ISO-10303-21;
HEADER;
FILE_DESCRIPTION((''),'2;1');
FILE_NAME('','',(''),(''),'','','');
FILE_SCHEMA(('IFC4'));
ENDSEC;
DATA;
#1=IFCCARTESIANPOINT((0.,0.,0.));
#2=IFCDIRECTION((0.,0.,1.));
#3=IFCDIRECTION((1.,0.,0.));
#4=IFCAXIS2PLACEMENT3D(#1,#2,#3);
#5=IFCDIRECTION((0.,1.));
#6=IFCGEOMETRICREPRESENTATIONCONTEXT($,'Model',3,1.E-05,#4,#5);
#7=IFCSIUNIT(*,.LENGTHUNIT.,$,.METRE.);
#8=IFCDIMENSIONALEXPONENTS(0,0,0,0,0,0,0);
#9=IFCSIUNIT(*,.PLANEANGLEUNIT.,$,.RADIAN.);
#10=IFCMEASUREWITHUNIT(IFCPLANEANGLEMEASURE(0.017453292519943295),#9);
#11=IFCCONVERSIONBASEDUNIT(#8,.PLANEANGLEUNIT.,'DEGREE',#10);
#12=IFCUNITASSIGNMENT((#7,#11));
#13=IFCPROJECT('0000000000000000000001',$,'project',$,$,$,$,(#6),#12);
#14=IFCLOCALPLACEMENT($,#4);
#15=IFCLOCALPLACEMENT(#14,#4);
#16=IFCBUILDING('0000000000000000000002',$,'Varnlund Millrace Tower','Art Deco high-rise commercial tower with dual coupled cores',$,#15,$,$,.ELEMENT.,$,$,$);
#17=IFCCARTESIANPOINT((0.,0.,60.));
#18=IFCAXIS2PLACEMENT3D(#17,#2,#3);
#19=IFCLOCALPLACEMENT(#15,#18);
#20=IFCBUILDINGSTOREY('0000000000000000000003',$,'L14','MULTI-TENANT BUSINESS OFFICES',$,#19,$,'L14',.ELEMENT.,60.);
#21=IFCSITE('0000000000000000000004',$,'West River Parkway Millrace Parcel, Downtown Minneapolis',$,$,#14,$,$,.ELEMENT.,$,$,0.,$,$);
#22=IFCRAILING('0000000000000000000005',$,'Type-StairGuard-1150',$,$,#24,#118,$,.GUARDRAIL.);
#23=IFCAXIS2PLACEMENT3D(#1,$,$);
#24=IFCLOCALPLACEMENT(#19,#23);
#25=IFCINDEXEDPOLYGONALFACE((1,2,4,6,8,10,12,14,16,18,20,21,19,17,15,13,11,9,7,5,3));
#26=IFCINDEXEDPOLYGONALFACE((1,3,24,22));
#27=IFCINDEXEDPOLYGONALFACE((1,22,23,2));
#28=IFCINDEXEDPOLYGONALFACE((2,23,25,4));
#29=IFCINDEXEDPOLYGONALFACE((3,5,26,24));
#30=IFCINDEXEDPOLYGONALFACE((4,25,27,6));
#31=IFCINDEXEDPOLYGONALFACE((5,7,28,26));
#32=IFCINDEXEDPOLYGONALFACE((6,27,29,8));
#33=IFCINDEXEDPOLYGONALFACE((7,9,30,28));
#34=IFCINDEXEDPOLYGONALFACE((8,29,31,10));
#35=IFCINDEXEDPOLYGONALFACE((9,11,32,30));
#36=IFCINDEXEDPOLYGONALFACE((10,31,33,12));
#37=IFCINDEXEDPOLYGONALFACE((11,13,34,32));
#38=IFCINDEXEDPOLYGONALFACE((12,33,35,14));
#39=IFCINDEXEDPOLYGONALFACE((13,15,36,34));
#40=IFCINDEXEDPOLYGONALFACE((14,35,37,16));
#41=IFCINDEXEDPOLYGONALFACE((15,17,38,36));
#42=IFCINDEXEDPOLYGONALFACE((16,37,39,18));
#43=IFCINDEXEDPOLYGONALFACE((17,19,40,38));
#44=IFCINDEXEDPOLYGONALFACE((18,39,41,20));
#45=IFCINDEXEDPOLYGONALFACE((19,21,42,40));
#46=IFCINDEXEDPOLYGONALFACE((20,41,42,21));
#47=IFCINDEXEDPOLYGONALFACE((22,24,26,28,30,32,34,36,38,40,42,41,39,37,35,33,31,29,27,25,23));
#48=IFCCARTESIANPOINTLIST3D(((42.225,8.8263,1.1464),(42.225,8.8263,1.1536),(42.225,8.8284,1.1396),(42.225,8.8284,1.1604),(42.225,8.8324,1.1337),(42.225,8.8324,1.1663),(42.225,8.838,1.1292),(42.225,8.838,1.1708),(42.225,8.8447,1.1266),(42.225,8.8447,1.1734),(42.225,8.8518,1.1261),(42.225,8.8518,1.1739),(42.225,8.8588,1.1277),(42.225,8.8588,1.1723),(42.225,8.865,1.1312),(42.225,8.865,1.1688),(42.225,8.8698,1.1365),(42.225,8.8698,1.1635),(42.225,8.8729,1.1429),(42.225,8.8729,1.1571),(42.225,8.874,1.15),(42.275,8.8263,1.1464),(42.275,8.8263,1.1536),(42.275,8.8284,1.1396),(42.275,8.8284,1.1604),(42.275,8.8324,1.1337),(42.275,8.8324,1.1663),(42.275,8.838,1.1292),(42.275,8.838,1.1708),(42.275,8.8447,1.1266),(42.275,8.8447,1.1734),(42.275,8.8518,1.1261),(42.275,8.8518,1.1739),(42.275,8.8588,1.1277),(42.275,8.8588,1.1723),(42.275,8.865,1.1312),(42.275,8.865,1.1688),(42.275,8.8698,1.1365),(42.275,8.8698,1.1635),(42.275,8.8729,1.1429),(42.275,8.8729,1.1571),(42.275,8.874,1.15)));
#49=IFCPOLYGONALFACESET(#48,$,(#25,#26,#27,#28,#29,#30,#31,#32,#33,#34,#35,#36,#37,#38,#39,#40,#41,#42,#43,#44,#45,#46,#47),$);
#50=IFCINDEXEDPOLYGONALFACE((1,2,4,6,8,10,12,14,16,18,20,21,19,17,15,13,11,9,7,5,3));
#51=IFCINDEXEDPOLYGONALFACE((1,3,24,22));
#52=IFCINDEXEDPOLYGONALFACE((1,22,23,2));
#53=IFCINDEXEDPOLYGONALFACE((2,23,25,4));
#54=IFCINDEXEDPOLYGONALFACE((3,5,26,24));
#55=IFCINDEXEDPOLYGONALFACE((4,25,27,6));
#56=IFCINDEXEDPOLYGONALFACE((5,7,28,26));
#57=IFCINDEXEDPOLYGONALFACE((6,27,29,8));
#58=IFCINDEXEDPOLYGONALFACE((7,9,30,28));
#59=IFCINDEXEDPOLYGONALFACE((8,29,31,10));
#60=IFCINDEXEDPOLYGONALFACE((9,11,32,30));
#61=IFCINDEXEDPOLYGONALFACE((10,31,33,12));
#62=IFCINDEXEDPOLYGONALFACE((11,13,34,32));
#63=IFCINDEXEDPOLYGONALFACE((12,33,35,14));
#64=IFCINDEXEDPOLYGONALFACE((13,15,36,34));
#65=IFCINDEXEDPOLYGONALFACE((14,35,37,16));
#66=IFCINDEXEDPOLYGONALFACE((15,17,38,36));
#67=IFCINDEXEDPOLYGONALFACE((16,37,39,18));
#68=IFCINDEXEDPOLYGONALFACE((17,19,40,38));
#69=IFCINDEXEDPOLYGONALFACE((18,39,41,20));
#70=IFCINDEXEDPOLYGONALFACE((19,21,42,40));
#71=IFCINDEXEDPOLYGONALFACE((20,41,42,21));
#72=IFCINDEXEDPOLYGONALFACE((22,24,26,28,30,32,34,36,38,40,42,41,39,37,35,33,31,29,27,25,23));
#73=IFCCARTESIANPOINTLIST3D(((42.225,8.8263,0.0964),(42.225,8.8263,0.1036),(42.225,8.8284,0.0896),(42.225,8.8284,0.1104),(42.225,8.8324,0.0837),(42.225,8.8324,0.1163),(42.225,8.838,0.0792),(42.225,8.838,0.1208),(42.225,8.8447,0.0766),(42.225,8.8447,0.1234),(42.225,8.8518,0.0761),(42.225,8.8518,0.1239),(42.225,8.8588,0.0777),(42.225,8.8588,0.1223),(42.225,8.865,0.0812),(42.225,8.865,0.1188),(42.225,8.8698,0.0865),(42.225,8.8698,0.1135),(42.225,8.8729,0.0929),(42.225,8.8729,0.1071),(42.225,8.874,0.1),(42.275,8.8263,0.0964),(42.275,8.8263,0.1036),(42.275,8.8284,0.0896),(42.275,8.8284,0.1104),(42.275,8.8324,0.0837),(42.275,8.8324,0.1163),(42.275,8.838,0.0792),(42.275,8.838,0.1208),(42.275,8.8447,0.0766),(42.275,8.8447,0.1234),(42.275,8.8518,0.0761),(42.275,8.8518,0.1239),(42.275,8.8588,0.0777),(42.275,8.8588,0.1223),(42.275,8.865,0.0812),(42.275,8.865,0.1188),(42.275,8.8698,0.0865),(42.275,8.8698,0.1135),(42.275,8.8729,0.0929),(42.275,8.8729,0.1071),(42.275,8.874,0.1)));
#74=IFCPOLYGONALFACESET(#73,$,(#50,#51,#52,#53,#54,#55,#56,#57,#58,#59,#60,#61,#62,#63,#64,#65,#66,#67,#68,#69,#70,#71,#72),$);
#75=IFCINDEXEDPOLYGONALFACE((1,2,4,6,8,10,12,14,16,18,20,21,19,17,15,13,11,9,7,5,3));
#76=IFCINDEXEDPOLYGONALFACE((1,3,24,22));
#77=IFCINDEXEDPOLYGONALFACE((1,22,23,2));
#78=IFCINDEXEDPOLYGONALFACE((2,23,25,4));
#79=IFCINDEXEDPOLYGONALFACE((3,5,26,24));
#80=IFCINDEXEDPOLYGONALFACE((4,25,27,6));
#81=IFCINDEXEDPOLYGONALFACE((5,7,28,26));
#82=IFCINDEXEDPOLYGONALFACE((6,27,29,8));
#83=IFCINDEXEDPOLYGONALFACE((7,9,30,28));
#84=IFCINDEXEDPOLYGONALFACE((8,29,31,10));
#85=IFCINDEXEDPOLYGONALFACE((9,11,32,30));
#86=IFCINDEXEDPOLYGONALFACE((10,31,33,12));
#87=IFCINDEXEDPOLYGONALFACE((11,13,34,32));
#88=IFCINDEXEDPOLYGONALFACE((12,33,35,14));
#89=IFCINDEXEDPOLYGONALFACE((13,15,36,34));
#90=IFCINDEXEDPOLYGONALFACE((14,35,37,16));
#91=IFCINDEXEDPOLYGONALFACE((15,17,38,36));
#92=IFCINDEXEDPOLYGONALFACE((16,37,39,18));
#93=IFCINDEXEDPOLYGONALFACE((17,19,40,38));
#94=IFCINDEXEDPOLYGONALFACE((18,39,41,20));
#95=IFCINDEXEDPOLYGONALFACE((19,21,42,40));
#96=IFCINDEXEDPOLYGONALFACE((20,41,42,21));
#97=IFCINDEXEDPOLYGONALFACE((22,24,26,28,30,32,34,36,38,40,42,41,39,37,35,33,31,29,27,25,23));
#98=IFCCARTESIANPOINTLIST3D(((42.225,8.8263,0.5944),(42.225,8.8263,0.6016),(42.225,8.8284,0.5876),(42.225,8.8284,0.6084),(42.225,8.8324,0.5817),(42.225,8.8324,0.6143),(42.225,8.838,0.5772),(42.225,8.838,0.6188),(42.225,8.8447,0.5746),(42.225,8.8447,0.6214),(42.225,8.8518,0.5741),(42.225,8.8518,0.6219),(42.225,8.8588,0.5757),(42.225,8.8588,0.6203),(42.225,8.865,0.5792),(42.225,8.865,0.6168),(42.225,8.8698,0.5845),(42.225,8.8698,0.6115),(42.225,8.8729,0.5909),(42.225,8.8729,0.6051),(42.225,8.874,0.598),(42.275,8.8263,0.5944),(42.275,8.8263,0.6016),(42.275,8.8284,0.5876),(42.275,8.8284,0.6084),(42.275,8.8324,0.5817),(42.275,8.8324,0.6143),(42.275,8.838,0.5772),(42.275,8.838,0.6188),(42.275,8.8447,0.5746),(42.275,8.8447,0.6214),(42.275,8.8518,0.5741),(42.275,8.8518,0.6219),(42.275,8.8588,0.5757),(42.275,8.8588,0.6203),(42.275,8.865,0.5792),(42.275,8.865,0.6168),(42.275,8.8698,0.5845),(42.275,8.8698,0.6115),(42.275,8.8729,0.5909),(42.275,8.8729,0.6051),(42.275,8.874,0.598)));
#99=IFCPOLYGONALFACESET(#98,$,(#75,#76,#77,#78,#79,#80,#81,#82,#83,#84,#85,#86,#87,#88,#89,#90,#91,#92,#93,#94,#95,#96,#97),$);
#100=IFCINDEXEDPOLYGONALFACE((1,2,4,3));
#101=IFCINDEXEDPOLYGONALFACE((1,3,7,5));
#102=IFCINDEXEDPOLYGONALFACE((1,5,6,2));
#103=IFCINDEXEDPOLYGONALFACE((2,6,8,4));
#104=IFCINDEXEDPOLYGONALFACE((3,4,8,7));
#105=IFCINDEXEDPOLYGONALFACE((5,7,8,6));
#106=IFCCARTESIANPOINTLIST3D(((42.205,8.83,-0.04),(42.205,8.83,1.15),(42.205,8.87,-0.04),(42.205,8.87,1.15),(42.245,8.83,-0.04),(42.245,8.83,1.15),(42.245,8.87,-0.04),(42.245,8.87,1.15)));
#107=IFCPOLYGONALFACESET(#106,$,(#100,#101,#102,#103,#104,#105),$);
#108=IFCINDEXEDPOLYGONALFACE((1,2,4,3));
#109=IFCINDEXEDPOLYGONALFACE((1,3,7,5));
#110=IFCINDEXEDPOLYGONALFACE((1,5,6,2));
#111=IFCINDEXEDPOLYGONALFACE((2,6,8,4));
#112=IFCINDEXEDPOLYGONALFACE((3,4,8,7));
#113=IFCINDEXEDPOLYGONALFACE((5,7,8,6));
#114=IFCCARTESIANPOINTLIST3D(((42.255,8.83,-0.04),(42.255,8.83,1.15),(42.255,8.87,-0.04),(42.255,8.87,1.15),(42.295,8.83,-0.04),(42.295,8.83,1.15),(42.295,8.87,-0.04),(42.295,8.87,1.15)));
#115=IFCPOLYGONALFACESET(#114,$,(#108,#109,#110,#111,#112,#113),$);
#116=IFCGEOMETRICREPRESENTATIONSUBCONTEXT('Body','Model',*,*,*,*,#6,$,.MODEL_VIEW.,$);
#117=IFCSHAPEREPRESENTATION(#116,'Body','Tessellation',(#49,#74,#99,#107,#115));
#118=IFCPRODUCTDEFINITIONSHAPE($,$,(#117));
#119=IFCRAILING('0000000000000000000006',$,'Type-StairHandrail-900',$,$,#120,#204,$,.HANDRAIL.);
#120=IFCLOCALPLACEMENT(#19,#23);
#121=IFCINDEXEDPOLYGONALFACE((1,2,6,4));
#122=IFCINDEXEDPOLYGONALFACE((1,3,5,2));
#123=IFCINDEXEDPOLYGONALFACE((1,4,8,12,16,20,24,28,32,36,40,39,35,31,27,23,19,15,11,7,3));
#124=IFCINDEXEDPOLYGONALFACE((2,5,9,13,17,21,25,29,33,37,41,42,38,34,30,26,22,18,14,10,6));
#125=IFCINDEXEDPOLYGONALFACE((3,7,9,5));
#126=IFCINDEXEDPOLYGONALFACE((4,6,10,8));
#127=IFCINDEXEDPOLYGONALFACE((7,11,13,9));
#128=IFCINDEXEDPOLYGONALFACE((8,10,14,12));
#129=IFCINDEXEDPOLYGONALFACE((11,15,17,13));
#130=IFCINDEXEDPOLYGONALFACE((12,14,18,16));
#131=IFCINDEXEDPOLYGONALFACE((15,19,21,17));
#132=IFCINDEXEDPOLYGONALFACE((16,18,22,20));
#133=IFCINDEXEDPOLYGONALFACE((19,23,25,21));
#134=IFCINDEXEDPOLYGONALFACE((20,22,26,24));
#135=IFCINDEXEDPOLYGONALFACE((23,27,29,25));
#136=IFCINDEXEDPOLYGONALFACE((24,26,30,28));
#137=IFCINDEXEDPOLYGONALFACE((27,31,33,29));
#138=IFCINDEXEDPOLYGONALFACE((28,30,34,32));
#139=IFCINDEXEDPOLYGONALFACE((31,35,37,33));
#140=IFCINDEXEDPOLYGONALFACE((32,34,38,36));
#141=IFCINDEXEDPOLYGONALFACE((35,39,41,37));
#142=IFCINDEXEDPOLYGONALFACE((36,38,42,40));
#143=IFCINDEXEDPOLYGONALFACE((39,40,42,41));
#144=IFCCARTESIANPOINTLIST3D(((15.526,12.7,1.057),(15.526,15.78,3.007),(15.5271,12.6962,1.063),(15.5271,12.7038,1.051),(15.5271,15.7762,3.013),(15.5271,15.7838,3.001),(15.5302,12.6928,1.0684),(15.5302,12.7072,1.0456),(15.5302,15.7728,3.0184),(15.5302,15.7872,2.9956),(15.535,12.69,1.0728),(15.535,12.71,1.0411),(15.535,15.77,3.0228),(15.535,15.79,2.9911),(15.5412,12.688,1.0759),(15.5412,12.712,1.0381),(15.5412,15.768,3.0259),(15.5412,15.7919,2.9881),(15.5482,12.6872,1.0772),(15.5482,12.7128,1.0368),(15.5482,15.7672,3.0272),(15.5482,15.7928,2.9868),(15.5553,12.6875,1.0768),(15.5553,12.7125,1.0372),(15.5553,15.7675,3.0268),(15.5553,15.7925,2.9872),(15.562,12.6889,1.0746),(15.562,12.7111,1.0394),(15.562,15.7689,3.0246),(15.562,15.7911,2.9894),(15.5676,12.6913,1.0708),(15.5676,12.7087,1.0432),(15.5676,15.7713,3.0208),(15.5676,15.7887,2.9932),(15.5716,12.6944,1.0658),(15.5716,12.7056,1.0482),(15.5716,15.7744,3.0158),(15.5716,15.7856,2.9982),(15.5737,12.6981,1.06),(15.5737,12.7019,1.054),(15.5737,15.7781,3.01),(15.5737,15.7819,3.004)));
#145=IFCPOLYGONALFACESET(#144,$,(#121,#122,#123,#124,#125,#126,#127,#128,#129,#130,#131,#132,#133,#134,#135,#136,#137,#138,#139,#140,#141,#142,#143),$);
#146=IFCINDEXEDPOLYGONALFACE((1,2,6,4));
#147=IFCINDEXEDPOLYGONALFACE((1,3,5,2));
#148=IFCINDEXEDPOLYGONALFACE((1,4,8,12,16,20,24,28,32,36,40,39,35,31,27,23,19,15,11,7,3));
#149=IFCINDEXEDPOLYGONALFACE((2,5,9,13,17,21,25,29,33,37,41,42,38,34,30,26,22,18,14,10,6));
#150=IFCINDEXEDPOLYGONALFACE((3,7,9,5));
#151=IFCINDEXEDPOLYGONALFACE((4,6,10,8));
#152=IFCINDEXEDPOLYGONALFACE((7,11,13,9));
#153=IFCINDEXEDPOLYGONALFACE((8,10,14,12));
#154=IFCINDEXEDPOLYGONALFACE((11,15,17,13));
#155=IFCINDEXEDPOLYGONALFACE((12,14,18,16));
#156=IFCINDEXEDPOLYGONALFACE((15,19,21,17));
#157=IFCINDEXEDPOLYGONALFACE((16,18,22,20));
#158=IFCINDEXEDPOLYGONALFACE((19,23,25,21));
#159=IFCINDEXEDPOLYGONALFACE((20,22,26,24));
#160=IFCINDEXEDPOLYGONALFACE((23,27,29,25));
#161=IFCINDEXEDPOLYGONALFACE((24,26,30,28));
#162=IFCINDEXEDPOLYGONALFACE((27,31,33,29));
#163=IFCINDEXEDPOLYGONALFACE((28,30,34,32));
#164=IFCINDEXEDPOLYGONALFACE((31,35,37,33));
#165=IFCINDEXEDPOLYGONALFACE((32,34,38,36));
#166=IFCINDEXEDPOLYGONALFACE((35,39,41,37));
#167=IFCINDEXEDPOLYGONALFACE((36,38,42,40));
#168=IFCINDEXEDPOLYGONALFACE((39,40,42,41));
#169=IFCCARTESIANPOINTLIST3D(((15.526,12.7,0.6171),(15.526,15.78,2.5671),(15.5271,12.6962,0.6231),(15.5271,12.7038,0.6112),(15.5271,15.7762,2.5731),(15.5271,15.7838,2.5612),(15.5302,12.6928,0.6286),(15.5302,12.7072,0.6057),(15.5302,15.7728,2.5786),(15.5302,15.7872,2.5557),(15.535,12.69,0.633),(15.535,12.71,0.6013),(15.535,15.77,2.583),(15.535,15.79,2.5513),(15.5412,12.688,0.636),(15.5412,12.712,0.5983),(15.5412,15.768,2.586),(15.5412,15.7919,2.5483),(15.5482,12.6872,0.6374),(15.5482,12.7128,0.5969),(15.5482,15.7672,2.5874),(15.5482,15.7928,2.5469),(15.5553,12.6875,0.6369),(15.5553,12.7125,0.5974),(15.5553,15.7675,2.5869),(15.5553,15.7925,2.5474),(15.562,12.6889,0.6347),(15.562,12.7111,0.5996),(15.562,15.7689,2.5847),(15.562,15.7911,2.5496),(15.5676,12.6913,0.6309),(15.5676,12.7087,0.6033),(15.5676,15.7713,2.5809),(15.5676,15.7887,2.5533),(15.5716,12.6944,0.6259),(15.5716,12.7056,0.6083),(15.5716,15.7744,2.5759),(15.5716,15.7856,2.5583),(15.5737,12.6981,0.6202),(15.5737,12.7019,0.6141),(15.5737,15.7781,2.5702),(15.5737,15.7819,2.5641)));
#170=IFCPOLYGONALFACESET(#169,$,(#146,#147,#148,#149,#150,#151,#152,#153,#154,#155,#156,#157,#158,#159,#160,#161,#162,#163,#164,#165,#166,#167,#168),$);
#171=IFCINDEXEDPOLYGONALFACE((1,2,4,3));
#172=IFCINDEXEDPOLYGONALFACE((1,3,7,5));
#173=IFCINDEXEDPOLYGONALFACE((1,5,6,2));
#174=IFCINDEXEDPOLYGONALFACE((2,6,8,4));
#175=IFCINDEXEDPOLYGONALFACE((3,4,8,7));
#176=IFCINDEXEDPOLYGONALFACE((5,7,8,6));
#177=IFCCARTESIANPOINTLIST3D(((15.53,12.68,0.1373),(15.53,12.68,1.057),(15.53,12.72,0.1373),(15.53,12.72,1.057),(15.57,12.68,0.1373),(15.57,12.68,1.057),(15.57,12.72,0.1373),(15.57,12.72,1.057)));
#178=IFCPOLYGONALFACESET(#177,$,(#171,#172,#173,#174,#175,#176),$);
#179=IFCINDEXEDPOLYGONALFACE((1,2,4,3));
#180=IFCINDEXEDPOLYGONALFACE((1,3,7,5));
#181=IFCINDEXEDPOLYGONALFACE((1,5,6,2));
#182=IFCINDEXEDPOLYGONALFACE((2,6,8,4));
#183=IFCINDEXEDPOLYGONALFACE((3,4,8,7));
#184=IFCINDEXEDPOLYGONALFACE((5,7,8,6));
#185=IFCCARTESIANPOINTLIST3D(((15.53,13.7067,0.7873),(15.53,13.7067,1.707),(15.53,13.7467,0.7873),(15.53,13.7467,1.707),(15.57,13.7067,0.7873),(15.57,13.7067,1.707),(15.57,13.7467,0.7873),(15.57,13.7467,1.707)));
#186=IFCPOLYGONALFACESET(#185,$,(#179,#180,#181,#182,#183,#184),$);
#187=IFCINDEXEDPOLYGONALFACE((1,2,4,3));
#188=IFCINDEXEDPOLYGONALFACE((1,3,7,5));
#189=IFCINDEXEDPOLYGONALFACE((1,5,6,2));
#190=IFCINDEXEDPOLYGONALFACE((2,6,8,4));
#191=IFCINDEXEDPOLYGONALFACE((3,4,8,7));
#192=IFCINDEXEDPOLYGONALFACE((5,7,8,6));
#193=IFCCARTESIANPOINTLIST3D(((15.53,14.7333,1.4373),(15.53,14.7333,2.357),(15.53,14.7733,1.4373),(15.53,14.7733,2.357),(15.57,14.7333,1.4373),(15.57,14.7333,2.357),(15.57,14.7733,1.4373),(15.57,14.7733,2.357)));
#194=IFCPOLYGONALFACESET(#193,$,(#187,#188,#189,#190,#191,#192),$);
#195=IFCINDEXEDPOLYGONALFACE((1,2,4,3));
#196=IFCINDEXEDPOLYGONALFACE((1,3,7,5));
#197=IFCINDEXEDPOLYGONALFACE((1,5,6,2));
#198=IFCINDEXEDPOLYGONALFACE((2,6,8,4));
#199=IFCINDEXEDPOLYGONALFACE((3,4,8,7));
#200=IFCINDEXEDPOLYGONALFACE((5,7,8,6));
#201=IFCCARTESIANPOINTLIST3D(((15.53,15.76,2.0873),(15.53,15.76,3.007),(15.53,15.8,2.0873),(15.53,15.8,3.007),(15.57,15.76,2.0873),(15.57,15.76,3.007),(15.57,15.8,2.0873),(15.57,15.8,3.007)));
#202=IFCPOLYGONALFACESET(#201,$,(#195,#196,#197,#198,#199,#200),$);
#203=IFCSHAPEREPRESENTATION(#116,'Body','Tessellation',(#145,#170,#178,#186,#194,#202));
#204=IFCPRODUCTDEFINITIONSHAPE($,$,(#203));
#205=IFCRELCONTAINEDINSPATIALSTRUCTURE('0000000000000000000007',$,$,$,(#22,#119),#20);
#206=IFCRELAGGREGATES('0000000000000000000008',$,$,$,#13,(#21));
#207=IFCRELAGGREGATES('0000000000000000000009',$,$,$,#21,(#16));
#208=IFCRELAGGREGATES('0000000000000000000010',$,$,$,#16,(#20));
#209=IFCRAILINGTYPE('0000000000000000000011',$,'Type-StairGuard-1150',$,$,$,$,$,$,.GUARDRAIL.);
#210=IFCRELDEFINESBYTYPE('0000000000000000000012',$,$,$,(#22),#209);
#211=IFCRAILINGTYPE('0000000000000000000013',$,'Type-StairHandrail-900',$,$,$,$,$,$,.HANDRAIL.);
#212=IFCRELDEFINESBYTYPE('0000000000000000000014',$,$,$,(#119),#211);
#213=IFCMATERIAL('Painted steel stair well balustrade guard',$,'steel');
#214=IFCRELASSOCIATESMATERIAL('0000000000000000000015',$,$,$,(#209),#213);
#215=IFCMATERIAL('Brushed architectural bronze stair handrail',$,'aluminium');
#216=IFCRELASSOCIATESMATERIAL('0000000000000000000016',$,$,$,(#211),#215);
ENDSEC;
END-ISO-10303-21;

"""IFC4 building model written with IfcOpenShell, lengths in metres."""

from ifc_helpers import new_model, entity, si_unit, converted_unit, direction, frame, origin_with_axes, origin_2d_with_axis, place, context, subcontext, project, spatial, rectangle, circle, extrude, material, type_object, element, save


model = new_model("IFC4")

# Units and contexts
model_context = context("Model", 3, precision=1e-05, world=origin_with_axes(), true_north=direction((0.0, 1.0)))
body_context = subcontext(model_context, "Body", "Model", "MODEL_VIEW")
ifc_project = project(units=[si_unit("LENGTHUNIT", "METRE"), converted_unit("PLANEANGLEUNIT", "DEGREE", entity("IfcPlaneAngleMeasure", 0.017453292519943295), si_unit("PLANEANGLEUNIT", "RADIAN"), dimensions=[0, 0, 0, 0, 0, 0, 0])], contexts=[model_context])

# Site, building, storey
site_placement = place(None, origin_with_axes())
site = spatial("IfcSite", under=ifc_project, at=site_placement, Name="West River Parkway Millrace Parcel, Downtown Minneapolis", CompositionType="ELEMENT", RefElevation=0.0)
building_placement = place(site_placement, origin_with_axes())
building = spatial("IfcBuilding", under=site, at=building_placement, Name="Varnlund Millrace Tower", Description="Art Deco high-rise commercial tower with dual coupled cores", CompositionType="ELEMENT")
storey_placement = place(building_placement, frame((0.0, 0.0, 60.0), z_axis=(0.0, 0.0, 1.0), x_axis=(1.0, 0.0, 0.0)))
storey = spatial("IfcBuildingStorey", under=building, at=storey_placement, Name="L14", Description="MULTI-TENANT BUSINESS OFFICES", LongName="L14", CompositionType="ELEMENT", Elevation=60.0)

# Railings
ifc_material_1 = material(Name="Painted steel stair well balustrade guard", Category="steel")
railing_type_1 = type_object("IfcRailingType", Name="Type-StairGuard-1150", PredefinedType="GUARDRAIL", material=ifc_material_1)
railing_1_placement = place(storey_placement, frame((0.0, 0.0, -60.0), z_axis=(0.0, 0.0, 1.0), x_axis=(1.0, 0.0, 0.0)))
element("IfcRailing", 1, at=railing_1_placement, inside=storey, type_object=railing_type_1, Name="Type-StairGuard-1150", PredefinedType="GUARDRAIL", context=body_context, shape_type="SweptSolid", body=[
    extrude(circle(Radius=0.024, at=origin_2d_with_axis()), frame((42.225, 8.85, 61.15), z_axis=(1.0, 0.0, 0.0), x_axis=(0.0, 1.0, 0.0)), (0.0, 0.0, 1.0), 0.05),
    extrude(circle(Radius=0.024, at=origin_2d_with_axis()), frame((42.225, 8.85, 60.1), z_axis=(1.0, 0.0, 0.0), x_axis=(0.0, 1.0, 0.0)), (0.0, 0.0, 1.0), 0.05),
    extrude(circle(Radius=0.024, at=origin_2d_with_axis()), frame((42.225, 8.85, 60.598), z_axis=(1.0, 0.0, 0.0), x_axis=(0.0, 1.0, 0.0)), (0.0, 0.0, 1.0), 0.05),
    extrude(rectangle(XDim=0.04, YDim=0.04, at=origin_2d_with_axis()), frame((42.225, 8.85, 59.96), z_axis=(0.0, 0.0, 1.0), x_axis=(1.0, 0.0, 0.0)), (0.0, 0.0, 1.0), 1.19),
    extrude(rectangle(XDim=0.04, YDim=0.04, at=origin_2d_with_axis()), frame((42.275, 8.85, 59.96), z_axis=(0.0, 0.0, 1.0), x_axis=(1.0, 0.0, 0.0)), (0.0, 0.0, 1.0), 1.19),
])
ifc_material_2 = material(Name="Brushed architectural bronze stair handrail", Category="aluminium")
railing_type_2 = type_object("IfcRailingType", Name="Type-StairHandrail-900", PredefinedType="HANDRAIL", material=ifc_material_2)
railing_2_placement = place(storey_placement, frame((0.0, 0.0, -60.0), z_axis=(0.0, 0.0, 1.0), x_axis=(1.0, 0.0, 0.0)))
element("IfcRailing", 2, at=railing_2_placement, inside=storey, type_object=railing_type_2, Name="Type-StairHandrail-900", PredefinedType="HANDRAIL", context=body_context, shape_type="SweptSolid", body=[
    extrude(circle(Radius=0.024, at=origin_2d_with_axis()), frame((15.55, 12.7, 61.057), z_axis=(0.0, 0.844902, 0.534922), x_axis=(-1.0, 0.0, 0.0)), (0.0, 0.0, 1.0), 3.6454),
    extrude(circle(Radius=0.024, at=origin_2d_with_axis()), frame((15.55, 12.7, 60.6171), z_axis=(0.0, 0.844902, 0.534922), x_axis=(-1.0, 0.0, 0.0)), (0.0, 0.0, 1.0), 3.6454),
    extrude(rectangle(XDim=0.04, YDim=0.04, at=origin_2d_with_axis()), frame((15.55, 12.7, 60.1373), z_axis=(0.0, 0.0, 1.0), x_axis=(1.0, 0.0, 0.0)), (0.0, 0.0, 1.0), 0.9197),
    extrude(rectangle(XDim=0.04, YDim=0.04, at=origin_2d_with_axis()), frame((15.55, 13.7267, 60.7873), z_axis=(0.0, 0.0, 1.0), x_axis=(1.0, 0.0, 0.0)), (0.0, 0.0, 1.0), 0.9197),
    extrude(rectangle(XDim=0.04, YDim=0.04, at=origin_2d_with_axis()), frame((15.55, 14.7533, 61.4373), z_axis=(0.0, 0.0, 1.0), x_axis=(1.0, 0.0, 0.0)), (0.0, 0.0, 1.0), 0.9197),
    extrude(rectangle(XDim=0.04, YDim=0.04, at=origin_2d_with_axis()), frame((15.55, 15.78, 62.0873), z_axis=(0.0, 0.0, 1.0), x_axis=(1.0, 0.0, 0.0)), (0.0, 0.0, 1.0), 0.9197),
])

save(model, "model.ifc")
